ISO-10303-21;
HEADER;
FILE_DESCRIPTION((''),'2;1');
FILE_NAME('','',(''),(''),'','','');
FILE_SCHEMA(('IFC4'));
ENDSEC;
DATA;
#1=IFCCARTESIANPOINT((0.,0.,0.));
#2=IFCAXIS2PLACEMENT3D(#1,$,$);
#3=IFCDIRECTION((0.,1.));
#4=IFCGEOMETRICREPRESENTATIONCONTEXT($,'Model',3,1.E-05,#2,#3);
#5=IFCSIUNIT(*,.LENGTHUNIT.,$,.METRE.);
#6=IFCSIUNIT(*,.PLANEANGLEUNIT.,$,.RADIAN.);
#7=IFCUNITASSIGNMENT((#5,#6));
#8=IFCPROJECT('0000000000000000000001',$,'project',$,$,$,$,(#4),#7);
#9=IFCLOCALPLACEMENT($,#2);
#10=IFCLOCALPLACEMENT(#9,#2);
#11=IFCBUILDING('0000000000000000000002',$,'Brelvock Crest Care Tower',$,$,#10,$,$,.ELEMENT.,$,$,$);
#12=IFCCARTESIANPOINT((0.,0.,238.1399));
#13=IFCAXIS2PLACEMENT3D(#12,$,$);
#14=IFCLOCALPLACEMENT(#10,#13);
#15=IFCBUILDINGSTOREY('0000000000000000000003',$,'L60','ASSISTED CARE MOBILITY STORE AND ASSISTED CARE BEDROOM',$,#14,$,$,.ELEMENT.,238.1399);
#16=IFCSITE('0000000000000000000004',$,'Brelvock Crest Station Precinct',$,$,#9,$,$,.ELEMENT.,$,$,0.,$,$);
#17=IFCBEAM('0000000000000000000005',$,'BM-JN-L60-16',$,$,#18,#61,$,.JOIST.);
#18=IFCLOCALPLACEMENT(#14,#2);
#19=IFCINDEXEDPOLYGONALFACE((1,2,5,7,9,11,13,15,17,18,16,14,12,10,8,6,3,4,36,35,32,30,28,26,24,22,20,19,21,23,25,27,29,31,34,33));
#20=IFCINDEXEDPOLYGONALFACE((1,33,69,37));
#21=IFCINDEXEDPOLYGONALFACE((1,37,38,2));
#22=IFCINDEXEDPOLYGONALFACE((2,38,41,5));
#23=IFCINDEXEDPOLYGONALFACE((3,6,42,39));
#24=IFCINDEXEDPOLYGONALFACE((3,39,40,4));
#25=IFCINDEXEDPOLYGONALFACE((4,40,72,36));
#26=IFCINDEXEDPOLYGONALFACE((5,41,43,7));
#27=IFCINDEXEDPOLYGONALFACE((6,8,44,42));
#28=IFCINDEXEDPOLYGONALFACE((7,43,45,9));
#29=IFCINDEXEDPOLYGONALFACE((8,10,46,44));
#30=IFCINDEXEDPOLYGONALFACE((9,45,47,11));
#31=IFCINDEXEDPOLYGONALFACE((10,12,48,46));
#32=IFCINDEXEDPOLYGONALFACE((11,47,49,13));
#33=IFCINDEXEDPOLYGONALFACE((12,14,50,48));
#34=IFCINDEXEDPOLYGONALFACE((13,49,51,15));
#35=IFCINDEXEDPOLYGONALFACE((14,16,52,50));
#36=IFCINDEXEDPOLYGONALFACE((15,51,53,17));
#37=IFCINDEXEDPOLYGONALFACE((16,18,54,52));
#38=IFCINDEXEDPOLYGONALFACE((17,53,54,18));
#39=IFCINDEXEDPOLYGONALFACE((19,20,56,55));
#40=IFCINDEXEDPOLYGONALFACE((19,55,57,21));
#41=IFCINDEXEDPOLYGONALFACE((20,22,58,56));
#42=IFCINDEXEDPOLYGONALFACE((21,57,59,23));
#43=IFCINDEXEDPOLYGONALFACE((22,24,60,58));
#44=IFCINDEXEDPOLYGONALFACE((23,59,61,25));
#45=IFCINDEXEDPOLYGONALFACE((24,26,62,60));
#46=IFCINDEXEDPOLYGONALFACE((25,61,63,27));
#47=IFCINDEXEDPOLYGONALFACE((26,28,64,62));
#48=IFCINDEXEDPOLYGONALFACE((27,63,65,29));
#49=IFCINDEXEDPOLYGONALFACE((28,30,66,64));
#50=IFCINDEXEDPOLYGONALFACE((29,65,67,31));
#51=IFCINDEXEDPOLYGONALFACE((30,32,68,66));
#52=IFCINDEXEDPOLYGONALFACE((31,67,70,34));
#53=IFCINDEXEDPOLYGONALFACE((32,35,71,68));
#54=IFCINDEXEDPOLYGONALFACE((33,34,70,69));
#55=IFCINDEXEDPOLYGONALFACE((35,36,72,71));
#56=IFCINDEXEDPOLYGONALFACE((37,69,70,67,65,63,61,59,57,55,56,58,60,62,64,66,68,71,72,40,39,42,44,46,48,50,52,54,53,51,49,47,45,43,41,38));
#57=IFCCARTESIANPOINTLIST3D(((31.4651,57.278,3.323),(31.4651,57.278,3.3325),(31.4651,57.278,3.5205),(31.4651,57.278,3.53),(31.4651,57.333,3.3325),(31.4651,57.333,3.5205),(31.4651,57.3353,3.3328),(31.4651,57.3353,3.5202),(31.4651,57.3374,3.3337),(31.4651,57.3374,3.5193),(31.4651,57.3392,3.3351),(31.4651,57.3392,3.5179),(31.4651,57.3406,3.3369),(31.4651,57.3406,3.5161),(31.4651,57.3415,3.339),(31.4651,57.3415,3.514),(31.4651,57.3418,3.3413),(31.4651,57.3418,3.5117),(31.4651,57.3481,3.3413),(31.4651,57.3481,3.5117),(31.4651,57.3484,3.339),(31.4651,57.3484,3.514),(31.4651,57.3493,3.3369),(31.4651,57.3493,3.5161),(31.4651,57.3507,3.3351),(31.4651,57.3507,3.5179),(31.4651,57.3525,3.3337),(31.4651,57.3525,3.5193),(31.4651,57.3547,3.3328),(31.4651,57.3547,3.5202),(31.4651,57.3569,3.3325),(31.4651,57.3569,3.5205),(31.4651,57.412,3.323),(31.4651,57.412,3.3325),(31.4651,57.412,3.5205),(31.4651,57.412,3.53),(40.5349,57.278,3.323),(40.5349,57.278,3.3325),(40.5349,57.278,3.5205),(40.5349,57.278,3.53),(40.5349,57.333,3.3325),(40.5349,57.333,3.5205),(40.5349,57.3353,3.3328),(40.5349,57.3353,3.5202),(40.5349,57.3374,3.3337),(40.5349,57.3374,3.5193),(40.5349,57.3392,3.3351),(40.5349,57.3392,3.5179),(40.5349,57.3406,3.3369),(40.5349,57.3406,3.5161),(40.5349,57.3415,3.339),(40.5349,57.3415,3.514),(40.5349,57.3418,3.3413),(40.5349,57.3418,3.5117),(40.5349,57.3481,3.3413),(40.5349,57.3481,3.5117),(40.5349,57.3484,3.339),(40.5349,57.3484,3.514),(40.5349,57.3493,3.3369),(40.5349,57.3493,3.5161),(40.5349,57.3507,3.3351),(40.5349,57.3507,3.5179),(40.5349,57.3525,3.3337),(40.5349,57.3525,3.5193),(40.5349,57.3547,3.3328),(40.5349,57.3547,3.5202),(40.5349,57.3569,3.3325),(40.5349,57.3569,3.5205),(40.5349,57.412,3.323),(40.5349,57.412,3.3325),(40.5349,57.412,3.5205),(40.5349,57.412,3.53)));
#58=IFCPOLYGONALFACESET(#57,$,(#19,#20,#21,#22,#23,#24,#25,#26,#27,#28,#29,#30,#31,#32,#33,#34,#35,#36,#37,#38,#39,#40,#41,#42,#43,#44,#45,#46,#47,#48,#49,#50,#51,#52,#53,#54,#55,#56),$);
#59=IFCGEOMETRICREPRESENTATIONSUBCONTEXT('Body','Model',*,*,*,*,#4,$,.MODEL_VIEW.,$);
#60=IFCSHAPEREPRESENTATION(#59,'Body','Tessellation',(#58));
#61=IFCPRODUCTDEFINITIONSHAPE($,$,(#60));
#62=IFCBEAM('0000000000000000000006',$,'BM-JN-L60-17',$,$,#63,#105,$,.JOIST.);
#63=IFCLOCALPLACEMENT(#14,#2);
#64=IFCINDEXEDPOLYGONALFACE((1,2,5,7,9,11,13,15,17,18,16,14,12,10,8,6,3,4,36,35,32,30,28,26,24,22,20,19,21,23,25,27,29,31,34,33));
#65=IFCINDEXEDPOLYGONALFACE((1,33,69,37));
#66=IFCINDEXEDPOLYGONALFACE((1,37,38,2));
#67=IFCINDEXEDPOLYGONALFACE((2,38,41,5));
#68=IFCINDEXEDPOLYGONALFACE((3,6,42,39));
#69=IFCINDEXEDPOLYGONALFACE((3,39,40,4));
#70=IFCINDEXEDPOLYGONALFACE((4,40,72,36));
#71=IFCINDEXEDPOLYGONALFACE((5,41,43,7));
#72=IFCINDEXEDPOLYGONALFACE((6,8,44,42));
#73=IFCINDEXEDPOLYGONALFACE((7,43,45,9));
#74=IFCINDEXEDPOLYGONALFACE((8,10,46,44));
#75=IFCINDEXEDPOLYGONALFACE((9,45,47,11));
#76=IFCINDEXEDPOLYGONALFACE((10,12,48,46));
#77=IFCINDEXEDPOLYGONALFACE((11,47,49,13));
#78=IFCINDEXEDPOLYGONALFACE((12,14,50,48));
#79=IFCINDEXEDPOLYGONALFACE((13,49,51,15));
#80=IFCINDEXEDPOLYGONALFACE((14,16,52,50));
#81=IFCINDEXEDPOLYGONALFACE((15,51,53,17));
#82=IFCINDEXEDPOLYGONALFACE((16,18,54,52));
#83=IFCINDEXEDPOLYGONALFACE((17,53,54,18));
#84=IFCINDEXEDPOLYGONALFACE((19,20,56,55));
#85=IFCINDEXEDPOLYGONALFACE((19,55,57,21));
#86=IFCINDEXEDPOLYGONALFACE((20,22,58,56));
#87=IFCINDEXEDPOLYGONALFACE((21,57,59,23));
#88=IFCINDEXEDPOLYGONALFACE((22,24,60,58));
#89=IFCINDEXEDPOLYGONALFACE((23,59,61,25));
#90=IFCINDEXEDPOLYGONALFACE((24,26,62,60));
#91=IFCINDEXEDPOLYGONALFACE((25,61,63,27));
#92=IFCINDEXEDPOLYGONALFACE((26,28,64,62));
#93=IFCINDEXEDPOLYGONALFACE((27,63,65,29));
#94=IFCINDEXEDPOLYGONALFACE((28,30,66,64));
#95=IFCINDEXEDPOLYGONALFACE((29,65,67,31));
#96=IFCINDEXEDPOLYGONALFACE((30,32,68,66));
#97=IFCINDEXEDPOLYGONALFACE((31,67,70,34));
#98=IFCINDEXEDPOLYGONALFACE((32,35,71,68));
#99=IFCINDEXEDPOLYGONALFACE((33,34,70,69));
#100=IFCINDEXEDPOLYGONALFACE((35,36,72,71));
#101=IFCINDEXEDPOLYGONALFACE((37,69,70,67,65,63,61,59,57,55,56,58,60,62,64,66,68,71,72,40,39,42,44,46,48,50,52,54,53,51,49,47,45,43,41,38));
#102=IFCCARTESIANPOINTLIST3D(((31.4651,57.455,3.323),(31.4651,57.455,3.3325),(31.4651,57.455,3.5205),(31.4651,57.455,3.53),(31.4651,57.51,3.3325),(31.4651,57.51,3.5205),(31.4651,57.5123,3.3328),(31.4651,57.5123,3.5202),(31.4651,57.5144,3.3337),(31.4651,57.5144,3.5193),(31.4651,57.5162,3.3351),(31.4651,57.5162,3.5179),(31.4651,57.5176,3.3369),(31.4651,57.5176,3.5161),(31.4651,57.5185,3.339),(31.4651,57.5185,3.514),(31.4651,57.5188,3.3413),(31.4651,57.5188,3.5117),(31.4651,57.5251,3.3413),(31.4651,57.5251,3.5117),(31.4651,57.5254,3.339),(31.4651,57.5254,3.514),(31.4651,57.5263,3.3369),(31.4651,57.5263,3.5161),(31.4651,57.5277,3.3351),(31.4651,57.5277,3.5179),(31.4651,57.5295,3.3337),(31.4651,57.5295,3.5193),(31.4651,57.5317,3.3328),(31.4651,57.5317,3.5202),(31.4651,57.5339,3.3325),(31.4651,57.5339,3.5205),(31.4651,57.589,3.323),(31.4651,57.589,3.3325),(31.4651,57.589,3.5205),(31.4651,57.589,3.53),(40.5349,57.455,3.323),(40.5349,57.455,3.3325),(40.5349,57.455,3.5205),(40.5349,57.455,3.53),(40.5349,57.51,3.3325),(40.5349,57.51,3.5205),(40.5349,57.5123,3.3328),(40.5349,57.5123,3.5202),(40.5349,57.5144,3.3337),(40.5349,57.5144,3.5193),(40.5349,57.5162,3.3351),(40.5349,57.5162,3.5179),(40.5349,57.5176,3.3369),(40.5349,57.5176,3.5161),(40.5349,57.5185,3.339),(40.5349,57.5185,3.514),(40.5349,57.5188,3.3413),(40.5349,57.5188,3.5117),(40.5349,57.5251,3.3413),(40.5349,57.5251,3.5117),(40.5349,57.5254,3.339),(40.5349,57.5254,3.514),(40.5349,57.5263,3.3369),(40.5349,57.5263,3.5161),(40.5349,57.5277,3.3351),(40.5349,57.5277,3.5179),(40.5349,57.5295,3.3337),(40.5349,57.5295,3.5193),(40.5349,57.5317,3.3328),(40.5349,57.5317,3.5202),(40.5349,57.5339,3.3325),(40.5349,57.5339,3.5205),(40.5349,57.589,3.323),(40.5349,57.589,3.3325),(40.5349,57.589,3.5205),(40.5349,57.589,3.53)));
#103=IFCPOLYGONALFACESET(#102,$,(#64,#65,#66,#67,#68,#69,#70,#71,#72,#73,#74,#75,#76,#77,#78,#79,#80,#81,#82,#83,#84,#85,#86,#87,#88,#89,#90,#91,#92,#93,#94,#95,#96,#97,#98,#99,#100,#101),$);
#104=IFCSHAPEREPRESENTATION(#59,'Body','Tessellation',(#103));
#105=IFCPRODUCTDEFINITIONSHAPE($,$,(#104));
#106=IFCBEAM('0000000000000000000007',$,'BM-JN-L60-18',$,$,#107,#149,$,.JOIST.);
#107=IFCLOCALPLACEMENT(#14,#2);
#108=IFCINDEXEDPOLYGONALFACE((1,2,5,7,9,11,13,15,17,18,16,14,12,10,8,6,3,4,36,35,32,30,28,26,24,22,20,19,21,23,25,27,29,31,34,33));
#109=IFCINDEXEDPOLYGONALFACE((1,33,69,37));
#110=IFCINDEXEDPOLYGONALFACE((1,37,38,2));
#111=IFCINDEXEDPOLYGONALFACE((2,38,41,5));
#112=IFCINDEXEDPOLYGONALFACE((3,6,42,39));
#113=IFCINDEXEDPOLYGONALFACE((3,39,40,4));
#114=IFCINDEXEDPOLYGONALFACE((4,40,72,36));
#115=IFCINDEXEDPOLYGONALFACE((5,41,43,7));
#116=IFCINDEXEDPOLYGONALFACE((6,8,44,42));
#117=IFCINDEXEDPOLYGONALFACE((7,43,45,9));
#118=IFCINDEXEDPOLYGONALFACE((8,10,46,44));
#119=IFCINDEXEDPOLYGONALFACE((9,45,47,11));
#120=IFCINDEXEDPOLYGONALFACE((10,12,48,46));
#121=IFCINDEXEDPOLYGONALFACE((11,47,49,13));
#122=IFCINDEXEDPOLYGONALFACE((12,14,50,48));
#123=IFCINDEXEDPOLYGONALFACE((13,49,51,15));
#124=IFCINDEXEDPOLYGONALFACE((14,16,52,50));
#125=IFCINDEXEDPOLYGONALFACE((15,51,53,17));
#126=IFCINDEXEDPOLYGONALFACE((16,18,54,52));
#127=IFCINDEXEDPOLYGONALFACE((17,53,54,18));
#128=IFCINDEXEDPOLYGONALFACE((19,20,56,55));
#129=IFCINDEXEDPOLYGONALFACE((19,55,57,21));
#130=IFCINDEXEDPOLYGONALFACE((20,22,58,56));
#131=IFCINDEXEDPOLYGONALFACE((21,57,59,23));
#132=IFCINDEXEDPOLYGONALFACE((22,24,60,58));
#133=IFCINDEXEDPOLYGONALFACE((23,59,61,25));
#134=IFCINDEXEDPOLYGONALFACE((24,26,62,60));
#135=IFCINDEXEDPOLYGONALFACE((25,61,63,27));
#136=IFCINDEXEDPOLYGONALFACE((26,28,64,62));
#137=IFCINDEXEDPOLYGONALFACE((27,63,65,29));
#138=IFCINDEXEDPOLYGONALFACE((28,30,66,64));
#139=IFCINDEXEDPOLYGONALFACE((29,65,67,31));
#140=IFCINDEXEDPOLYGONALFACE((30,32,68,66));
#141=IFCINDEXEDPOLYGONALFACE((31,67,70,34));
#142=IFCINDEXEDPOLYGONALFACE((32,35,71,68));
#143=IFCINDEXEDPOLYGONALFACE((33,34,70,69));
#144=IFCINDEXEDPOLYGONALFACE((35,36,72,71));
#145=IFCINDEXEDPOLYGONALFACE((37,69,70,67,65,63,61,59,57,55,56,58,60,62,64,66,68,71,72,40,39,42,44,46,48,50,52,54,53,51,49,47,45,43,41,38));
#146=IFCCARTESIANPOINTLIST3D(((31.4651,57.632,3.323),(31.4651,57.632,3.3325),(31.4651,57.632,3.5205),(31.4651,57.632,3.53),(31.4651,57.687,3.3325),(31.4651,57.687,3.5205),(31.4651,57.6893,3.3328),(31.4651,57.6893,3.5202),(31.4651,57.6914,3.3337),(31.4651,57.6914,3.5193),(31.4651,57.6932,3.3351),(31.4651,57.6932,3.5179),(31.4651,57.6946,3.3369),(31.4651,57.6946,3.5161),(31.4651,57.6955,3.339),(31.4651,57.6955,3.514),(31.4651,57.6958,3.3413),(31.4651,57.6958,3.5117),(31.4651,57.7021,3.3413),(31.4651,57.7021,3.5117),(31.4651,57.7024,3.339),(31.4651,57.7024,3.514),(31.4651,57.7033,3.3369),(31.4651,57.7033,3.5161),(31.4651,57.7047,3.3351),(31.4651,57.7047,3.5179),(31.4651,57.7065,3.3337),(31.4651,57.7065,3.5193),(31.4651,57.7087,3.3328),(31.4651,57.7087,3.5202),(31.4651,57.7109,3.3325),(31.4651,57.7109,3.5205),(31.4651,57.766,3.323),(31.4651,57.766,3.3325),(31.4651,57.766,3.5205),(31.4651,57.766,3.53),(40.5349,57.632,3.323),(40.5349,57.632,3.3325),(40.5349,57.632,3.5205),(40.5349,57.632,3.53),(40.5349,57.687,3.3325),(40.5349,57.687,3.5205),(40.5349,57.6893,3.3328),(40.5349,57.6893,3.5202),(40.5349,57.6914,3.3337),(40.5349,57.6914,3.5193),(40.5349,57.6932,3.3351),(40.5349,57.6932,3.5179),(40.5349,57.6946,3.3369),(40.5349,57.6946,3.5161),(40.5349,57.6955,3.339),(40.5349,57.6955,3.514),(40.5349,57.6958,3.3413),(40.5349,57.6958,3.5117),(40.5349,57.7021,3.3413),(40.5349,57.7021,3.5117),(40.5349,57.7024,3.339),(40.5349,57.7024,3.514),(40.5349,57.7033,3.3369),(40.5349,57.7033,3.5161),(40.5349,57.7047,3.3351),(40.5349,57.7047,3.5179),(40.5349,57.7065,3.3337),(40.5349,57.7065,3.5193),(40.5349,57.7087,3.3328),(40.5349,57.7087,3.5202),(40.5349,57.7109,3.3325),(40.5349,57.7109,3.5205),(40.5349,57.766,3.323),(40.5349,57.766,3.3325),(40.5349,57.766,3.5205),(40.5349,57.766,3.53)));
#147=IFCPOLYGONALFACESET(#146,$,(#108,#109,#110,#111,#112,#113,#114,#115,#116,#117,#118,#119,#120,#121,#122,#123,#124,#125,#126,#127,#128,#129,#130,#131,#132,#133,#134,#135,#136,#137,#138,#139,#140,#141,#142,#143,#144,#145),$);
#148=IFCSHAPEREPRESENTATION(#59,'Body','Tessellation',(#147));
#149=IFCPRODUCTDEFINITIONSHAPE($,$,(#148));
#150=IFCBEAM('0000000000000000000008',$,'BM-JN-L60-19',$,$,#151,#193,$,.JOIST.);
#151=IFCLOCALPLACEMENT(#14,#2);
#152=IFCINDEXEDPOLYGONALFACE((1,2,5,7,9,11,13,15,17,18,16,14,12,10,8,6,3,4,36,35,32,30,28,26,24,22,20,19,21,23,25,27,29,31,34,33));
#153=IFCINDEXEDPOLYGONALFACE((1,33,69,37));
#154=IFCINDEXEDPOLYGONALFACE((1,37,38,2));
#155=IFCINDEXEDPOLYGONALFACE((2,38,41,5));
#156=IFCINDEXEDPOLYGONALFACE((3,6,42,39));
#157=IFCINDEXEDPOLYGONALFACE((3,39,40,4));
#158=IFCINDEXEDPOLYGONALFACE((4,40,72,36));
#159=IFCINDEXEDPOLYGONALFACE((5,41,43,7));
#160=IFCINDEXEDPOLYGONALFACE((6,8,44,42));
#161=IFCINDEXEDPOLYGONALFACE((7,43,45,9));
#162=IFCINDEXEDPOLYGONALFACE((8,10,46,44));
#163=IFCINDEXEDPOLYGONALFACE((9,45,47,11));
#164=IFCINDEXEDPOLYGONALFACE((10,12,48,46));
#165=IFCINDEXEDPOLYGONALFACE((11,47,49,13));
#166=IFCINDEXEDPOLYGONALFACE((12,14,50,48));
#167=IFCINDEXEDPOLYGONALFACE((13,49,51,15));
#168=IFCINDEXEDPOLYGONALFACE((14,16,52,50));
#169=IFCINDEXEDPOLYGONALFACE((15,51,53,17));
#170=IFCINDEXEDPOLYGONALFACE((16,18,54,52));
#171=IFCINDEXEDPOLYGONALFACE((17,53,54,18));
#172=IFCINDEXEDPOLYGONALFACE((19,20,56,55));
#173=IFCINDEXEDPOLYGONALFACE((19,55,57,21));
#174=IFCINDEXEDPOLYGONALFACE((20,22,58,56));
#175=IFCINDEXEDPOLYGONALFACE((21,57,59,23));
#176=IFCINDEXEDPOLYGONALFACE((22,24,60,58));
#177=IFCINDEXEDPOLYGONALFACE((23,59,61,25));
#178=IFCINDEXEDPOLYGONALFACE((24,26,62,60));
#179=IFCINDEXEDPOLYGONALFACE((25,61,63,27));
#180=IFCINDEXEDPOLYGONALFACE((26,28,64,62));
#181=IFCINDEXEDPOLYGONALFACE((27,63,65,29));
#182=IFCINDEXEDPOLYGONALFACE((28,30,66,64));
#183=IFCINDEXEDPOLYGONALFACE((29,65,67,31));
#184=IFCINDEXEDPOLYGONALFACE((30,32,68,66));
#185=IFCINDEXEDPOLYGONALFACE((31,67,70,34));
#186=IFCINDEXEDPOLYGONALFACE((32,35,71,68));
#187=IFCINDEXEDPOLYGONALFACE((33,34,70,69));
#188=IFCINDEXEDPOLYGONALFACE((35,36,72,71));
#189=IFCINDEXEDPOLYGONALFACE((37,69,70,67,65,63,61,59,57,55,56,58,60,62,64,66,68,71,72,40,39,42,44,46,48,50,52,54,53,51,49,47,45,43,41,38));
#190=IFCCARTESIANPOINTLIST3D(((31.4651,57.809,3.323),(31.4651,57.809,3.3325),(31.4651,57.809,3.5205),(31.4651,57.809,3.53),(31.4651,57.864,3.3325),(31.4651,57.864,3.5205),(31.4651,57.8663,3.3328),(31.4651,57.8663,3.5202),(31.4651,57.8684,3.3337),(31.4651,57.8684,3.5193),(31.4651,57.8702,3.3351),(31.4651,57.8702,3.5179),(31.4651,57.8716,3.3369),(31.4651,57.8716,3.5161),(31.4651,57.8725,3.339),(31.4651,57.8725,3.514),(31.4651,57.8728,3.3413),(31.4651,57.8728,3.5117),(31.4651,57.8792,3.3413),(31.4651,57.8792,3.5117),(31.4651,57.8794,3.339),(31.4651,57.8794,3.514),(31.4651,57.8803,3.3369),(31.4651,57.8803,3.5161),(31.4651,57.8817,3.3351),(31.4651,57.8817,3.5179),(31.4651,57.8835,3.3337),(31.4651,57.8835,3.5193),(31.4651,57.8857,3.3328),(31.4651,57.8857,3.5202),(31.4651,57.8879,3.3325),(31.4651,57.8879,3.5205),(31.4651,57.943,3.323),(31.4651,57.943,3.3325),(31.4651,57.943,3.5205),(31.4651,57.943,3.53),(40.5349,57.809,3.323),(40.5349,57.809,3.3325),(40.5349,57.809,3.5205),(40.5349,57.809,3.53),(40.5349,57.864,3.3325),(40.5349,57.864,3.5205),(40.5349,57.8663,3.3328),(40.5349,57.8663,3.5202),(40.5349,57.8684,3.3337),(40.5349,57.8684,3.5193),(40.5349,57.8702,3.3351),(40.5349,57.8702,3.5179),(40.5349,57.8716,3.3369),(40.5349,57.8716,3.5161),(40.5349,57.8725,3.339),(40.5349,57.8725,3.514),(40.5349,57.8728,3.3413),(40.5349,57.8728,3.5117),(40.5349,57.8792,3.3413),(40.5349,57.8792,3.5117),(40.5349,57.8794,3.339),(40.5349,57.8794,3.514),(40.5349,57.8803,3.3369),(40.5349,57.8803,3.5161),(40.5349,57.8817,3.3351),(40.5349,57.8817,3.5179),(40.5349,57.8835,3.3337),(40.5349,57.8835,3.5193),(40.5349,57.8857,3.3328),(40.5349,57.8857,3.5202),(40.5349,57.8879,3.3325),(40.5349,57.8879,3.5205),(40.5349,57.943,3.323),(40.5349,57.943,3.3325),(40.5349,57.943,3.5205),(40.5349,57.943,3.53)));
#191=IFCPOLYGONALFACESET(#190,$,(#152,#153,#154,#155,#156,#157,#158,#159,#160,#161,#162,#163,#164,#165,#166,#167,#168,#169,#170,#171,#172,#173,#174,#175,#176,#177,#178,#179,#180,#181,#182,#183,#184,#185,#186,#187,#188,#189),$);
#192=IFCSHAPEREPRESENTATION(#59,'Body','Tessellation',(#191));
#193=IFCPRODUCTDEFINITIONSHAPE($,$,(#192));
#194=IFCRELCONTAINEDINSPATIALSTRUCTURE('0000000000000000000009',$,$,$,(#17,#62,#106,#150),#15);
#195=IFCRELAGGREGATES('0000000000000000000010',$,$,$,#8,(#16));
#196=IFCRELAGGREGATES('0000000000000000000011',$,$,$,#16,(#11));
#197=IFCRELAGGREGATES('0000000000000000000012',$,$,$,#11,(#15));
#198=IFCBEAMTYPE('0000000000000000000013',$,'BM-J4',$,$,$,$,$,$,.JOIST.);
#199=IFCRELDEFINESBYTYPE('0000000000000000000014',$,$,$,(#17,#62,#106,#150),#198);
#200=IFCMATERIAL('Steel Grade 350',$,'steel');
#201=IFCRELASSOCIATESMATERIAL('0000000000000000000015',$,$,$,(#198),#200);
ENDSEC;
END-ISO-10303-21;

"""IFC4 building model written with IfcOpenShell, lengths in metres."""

from ifc_helpers import new_model, si_unit, direction, frame, origin, origin_2d, place, context, subcontext, project, spatial, i_section, extrude, source, transform, mapped, material, material_profile, profile_set, type_object, element, save


model = new_model("IFC4")

# Units and contexts
model_context = context("Model", 3, precision=1e-05, world=origin(), true_north=direction((0.0, 1.0)))
body_context = subcontext(model_context, "Body", "Model", "MODEL_VIEW")
ifc_project = project(units=[si_unit("LENGTHUNIT", "METRE"), si_unit("PLANEANGLEUNIT", "RADIAN")], contexts=[model_context])

# Site, building, storey
site_placement = place(None, origin())
site = spatial("IfcSite", under=ifc_project, at=site_placement, Name="Brelvock Crest Station Precinct", CompositionType="ELEMENT", RefElevation=0.0)
building_placement = place(site_placement, origin())
building = spatial("IfcBuilding", under=site, at=building_placement, Name="Brelvock Crest Care Tower", CompositionType="ELEMENT")
storey_placement = place(building_placement, frame((0.0, 0.0, 238.1399)))
storey = spatial("IfcBuildingStorey", under=building, at=storey_placement, Name="L60", Description="ASSISTED CARE MOBILITY STORE AND ASSISTED CARE BEDROOM", CompositionType="ELEMENT", Elevation=238.1399)

# Shared definitions
ifc_material_1 = material(Name="Steel Grade 350", Category="steel")

# Beams
ifc_material_profile_1 = material_profile(ifc_material_1, i_section(OverallWidth=0.134, OverallDepth=0.207, WebThickness=0.0063, FlangeThickness=0.0095, FilletRadius=0.0088, at=origin_2d()), Name="200UB29.8")
ifc_profile_set_1 = profile_set([ifc_material_profile_1], Name="Steel Grade 350")
beam_type_1 = type_object("IfcBeamType", Name="BM-J4", PredefinedType="JOIST", material=ifc_profile_set_1)
shared_shape_1 = source(origin(), body_context, "Body", "SweptSolid", [
    extrude(i_section(OverallWidth=0.134, OverallDepth=0.207, WebThickness=0.0063, FlangeThickness=0.0095, FilletRadius=0.0088, at=origin_2d()), origin(), (0.0, 0.0, 1.0), 9.0698),
])
for number, where, z_axis, x_axis, name in (
    (1, (31.4651, 57.345, 3.4265), (1.0, 0.0, 0.0), (0.0, 1.0, 0.0), "BM-JN-L60-16"),
    (2, (31.4651, 57.522, 3.4265), (1.0, 0.0, 0.0), (0.0, 1.0, 0.0), "BM-JN-L60-17"),
    (3, (31.4651, 57.699, 3.4265), (1.0, 0.0, 0.0), (0.0, 1.0, 0.0), "BM-JN-L60-18"),
    (4, (31.4651, 57.876, 3.4265), (1.0, 0.0, 0.0), (0.0, 1.0, 0.0), "BM-JN-L60-19"),
):
    element("IfcBeam", number, at=place(storey_placement, frame(where, z_axis=z_axis, x_axis=x_axis)), inside=storey, type_object=beam_type_1, Name=name, PredefinedType="JOIST", context=body_context, shape_type="MappedRepresentation", body=[
        mapped(shared_shape_1, transform((0.0, 0.0, 0.0), x_axis=(1.0, 0.0, 0.0), y_axis=(0.0, 1.0, 0.0), z_axis=(0.0, 0.0, 1.0), scale=1.0)),
    ])

save(model, "model.ifc")
